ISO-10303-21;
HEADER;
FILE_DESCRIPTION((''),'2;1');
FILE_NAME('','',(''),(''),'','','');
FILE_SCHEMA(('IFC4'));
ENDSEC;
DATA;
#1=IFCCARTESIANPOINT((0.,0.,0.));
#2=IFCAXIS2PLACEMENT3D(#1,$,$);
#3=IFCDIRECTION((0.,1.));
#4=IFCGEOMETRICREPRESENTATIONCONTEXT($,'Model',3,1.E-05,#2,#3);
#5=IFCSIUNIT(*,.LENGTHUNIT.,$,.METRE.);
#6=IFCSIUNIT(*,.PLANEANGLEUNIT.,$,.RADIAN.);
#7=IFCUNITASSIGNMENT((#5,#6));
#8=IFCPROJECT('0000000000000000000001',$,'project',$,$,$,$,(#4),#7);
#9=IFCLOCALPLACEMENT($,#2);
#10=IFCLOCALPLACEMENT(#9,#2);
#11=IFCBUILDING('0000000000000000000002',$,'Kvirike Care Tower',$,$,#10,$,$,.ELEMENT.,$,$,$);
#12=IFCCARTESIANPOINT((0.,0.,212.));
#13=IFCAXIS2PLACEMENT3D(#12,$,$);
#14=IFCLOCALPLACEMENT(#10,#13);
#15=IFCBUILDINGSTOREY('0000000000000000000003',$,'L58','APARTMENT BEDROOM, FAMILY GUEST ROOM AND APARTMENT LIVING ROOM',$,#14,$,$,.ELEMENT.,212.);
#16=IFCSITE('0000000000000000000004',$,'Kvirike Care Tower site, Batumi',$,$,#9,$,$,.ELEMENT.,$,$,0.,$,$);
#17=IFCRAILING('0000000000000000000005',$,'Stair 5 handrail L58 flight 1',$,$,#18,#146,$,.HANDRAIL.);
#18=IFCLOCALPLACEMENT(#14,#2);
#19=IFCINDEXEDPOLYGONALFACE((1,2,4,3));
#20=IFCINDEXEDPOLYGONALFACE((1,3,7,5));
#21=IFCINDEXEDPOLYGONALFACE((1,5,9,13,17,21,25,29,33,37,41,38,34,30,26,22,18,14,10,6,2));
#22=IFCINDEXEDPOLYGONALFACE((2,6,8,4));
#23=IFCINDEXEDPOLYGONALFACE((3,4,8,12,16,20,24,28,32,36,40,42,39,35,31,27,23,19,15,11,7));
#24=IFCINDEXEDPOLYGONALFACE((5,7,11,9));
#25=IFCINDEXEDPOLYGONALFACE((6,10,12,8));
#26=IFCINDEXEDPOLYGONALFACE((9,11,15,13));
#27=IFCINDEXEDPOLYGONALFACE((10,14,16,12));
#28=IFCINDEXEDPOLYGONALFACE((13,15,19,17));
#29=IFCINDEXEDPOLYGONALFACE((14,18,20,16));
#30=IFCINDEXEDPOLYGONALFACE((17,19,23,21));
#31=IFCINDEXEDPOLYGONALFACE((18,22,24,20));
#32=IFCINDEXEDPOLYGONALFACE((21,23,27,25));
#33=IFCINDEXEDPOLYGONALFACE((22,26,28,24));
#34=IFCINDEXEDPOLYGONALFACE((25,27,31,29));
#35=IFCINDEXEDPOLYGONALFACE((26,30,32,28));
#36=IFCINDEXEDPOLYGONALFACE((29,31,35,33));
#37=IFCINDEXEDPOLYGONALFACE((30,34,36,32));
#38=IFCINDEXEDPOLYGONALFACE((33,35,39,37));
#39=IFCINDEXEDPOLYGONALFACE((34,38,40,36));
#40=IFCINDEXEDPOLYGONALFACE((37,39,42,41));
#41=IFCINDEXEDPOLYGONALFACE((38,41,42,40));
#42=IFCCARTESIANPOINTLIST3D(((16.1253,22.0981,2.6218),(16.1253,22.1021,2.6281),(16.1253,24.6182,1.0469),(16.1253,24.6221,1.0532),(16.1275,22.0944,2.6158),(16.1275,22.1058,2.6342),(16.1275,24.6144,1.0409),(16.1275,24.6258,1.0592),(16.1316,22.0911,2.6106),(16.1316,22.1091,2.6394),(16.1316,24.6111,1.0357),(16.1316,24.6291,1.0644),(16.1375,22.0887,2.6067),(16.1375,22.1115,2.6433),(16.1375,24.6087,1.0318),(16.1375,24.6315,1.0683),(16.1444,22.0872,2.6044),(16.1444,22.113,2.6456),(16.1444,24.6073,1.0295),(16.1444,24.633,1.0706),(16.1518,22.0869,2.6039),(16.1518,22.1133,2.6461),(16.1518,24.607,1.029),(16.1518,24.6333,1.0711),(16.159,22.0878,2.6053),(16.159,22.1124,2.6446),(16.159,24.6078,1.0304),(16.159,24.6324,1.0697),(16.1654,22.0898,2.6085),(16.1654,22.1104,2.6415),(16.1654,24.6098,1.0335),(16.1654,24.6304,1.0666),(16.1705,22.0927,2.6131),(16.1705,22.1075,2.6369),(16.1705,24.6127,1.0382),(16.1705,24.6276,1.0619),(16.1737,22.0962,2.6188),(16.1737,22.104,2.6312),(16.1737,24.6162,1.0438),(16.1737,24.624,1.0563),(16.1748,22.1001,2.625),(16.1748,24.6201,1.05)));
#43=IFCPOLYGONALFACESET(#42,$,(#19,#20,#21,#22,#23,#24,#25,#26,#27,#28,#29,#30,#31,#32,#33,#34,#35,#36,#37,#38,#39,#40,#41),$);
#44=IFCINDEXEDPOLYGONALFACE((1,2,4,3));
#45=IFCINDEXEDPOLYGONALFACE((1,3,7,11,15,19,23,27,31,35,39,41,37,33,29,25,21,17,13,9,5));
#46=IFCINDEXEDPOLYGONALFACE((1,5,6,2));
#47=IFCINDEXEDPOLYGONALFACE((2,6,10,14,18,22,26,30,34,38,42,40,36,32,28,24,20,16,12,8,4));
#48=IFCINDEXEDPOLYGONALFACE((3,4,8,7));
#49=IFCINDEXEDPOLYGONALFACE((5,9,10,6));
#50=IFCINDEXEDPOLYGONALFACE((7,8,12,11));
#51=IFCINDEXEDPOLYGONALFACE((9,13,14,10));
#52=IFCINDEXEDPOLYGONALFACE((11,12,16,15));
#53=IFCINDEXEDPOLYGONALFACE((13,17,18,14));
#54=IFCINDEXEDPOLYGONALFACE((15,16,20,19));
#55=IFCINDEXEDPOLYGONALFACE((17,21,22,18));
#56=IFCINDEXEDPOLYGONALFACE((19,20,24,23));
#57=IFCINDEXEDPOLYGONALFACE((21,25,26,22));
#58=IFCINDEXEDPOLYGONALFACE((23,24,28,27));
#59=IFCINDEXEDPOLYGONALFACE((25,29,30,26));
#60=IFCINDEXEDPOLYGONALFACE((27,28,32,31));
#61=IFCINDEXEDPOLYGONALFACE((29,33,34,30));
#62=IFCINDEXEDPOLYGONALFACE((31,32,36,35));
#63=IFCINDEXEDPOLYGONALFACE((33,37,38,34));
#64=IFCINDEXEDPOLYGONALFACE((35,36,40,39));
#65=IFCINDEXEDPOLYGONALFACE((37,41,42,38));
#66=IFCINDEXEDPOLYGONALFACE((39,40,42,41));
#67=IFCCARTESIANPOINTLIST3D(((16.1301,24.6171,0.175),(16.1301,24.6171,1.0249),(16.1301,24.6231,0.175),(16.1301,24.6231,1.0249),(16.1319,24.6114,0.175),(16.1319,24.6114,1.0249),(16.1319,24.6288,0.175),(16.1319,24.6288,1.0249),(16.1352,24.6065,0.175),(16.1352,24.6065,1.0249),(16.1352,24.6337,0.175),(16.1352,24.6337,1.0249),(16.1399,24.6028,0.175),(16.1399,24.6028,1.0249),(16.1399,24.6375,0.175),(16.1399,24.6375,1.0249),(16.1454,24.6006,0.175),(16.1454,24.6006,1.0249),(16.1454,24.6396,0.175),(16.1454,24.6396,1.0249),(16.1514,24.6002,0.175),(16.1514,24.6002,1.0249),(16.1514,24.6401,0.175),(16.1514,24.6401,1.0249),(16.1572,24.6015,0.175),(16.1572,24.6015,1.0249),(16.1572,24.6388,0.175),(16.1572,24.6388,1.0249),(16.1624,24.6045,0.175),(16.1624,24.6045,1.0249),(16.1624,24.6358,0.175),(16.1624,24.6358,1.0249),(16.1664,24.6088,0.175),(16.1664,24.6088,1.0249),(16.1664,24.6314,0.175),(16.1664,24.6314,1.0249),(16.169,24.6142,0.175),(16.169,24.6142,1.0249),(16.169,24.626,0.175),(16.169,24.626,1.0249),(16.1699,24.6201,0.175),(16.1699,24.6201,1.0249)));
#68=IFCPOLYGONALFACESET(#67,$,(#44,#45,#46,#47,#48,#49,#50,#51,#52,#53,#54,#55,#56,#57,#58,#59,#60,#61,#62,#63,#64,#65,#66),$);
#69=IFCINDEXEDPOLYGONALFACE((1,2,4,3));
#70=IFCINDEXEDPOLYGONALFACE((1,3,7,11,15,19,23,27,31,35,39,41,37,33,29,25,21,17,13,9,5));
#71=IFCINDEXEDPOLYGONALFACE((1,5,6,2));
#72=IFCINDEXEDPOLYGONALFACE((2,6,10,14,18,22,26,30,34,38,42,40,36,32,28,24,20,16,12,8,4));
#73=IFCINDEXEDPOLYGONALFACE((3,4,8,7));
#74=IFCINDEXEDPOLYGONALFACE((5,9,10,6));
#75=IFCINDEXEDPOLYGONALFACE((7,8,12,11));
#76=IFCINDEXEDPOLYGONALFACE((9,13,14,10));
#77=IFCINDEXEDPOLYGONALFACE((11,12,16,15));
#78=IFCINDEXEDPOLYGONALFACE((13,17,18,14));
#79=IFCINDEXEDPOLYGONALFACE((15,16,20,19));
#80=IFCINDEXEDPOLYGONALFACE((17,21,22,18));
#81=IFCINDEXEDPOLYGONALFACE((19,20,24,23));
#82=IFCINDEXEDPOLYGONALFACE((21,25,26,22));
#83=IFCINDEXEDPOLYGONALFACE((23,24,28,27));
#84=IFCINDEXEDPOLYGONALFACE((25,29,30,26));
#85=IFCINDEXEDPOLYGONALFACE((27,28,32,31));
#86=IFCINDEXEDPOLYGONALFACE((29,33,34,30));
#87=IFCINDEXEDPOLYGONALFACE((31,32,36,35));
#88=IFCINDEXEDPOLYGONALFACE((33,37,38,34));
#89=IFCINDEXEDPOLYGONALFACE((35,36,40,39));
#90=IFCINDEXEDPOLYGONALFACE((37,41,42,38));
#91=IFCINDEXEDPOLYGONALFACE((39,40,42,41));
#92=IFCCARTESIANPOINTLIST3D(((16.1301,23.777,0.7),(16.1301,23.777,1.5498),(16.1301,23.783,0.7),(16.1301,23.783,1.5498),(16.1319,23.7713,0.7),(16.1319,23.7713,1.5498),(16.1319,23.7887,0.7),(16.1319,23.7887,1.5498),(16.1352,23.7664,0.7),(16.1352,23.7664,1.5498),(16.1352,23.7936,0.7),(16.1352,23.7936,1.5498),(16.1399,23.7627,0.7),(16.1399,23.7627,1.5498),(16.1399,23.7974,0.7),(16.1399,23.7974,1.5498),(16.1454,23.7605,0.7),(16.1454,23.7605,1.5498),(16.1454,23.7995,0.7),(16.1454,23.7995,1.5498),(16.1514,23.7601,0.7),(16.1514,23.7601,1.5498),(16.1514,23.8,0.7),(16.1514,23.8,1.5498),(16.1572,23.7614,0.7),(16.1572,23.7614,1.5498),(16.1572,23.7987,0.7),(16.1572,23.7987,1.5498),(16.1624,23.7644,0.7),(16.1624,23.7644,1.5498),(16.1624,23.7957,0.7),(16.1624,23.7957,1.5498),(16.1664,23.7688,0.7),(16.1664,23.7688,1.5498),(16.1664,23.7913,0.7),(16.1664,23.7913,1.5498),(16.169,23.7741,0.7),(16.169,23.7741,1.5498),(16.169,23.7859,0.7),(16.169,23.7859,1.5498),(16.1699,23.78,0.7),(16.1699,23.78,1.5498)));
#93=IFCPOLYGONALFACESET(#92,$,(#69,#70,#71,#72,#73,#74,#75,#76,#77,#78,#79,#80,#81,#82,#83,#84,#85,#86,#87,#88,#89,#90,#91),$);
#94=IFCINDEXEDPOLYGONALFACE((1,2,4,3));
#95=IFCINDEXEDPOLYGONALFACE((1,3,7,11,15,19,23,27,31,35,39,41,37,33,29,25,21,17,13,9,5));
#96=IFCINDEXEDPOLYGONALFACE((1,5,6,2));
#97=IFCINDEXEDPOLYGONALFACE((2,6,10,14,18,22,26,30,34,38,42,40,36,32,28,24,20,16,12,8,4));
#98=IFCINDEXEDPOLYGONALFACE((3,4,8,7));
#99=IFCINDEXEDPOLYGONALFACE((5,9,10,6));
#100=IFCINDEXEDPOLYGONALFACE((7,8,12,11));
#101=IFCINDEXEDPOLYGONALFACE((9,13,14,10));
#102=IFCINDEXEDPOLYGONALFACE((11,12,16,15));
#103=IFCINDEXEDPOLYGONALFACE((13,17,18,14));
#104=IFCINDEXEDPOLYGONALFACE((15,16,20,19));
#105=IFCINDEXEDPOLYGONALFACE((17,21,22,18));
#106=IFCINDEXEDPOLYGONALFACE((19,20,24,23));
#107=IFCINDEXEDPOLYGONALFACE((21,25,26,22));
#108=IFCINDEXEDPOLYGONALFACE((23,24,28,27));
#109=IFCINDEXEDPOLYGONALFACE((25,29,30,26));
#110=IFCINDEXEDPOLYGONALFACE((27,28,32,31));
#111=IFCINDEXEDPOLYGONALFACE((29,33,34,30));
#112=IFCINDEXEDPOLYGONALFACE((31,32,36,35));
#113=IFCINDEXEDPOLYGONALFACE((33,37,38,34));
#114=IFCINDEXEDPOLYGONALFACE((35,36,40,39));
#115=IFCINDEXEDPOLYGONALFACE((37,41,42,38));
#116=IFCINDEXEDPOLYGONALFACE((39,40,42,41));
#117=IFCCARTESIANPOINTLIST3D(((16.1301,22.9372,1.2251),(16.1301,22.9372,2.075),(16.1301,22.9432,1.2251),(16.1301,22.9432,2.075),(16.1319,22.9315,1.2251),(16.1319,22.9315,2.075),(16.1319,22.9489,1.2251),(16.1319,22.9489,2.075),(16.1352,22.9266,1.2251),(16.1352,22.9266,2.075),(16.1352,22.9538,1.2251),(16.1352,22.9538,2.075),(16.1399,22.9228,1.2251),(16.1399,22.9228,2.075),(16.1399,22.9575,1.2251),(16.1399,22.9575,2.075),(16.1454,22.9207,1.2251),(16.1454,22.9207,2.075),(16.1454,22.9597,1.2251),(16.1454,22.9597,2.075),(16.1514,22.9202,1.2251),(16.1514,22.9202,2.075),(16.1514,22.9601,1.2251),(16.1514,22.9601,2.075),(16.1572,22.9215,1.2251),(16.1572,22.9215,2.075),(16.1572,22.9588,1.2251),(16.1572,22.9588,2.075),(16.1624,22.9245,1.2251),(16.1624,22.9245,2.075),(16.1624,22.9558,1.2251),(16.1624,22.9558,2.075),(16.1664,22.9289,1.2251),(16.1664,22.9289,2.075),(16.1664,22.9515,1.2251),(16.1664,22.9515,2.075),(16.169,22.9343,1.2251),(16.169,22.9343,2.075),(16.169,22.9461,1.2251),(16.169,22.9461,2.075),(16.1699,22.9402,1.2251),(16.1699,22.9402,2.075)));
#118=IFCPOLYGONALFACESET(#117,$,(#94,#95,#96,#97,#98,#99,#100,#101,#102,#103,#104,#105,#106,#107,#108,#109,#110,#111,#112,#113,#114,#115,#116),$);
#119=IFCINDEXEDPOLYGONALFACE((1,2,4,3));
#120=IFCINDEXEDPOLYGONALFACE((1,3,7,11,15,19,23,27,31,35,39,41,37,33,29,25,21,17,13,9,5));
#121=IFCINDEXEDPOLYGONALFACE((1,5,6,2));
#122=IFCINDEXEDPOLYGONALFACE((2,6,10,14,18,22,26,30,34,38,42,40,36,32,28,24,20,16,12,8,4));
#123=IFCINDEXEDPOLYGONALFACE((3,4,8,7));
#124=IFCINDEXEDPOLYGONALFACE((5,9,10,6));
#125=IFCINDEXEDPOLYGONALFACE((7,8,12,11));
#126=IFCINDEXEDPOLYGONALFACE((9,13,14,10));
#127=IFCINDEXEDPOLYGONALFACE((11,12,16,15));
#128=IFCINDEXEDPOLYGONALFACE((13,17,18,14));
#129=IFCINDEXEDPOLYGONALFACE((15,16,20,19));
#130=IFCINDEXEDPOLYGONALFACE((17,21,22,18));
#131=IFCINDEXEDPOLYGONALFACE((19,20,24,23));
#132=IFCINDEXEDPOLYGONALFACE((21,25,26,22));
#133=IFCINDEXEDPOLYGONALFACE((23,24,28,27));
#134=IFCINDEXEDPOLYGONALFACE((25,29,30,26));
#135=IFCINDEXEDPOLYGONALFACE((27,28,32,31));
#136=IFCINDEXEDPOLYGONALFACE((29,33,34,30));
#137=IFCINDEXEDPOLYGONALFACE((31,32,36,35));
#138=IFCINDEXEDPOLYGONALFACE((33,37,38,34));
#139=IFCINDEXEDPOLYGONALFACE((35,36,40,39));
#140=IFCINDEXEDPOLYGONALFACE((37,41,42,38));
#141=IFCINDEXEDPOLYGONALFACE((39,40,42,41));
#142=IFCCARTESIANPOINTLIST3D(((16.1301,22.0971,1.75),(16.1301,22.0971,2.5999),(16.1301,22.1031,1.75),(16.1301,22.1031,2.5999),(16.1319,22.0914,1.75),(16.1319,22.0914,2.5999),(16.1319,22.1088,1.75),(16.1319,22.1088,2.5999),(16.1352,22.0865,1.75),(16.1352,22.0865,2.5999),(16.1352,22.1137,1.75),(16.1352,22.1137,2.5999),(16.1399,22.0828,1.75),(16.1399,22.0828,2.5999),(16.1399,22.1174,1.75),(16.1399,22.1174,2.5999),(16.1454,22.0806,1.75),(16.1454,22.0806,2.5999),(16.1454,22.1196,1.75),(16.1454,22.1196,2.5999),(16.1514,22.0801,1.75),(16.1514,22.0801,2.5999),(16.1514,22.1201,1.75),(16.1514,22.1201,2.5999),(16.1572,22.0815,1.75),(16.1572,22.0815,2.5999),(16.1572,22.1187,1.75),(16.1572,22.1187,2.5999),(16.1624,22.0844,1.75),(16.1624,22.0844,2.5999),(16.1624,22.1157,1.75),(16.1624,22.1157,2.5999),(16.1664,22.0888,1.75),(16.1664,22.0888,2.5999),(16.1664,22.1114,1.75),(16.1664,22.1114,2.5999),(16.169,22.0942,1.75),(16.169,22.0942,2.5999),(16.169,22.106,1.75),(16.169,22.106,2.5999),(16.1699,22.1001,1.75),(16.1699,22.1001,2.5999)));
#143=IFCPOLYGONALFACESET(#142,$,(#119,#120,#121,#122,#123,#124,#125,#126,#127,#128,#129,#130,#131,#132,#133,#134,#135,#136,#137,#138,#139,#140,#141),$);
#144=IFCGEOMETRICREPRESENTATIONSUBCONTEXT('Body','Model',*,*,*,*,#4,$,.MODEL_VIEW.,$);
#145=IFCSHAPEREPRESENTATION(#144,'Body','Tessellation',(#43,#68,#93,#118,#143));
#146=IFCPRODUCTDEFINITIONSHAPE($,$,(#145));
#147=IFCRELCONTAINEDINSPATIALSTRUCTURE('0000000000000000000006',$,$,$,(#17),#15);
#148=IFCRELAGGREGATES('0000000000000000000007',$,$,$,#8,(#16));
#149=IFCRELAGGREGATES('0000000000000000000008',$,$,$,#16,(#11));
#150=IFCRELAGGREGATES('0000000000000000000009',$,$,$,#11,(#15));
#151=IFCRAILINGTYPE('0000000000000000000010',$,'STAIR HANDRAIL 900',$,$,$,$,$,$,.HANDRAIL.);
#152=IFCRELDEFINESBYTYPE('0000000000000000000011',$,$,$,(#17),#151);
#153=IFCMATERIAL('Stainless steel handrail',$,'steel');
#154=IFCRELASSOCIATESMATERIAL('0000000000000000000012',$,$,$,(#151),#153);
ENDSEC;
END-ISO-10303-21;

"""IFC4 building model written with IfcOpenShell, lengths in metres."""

from ifc_helpers import new_model, si_unit, direction, frame, origin, origin_2d, place, context, subcontext, project, spatial, circle, extrude, material, type_object, element, save


model = new_model("IFC4")

# Units and contexts
model_context = context("Model", 3, precision=1e-05, world=origin(), true_north=direction((0.0, 1.0)))
body_context = subcontext(model_context, "Body", "Model", "MODEL_VIEW")
ifc_project = project(units=[si_unit("LENGTHUNIT", "METRE"), si_unit("PLANEANGLEUNIT", "RADIAN")], contexts=[model_context])

# Site, building, storey
site_placement = place(None, origin())
site = spatial("IfcSite", under=ifc_project, at=site_placement, Name="Kvirike Care Tower site, Batumi", CompositionType="ELEMENT", RefElevation=0.0)
building_placement = place(site_placement, origin())
building = spatial("IfcBuilding", under=site, at=building_placement, Name="Kvirike Care Tower", CompositionType="ELEMENT")
storey_placement = place(building_placement, frame((0.0, 0.0, 212.0)))
storey = spatial("IfcBuildingStorey", under=building, at=storey_placement, Name="L58", Description="APARTMENT BEDROOM, FAMILY GUEST ROOM AND APARTMENT LIVING ROOM", CompositionType="ELEMENT", Elevation=212.0)

# Railing
ifc_material_1 = material(Name="Stainless steel handrail", Category="steel")
railing_type = type_object("IfcRailingType", Name="STAIR HANDRAIL 900", PredefinedType="HANDRAIL", material=ifc_material_1)
railing_1_placement = place(storey_placement, frame((16.1499, 24.6201, 0.175)))
element("IfcRailing", 1, at=railing_1_placement, inside=storey, type_object=railing_type, Name="Stair 5 handrail L58 flight 1", PredefinedType="HANDRAIL", context=body_context, shape_type="SweptSolid", body=[
    extrude(circle(Radius=0.0249, at=origin_2d()), frame((0.0, 0.0, 0.875), z_axis=(0.0, -0.848008, 0.529984), x_axis=(1.0, 0.0, 0.0)), (0.0, 0.0, 1.0), 2.9717),
    extrude(circle(Radius=0.02, at=origin_2d()), origin(), (0.0, 0.0, 1.0), 0.8499),
    extrude(circle(Radius=0.02, at=origin_2d()), frame((0.0, -0.8401, 0.5249)), (0.0, 0.0, 1.0), 0.8499),
    extrude(circle(Radius=0.02, at=origin_2d()), frame((0.0, -1.6799, 1.05)), (0.0, 0.0, 1.0), 0.8499),
    extrude(circle(Radius=0.02, at=origin_2d()), frame((0.0, -2.52, 1.575)), (0.0, 0.0, 1.0), 0.8499),
])

save(model, "model.ifc")
